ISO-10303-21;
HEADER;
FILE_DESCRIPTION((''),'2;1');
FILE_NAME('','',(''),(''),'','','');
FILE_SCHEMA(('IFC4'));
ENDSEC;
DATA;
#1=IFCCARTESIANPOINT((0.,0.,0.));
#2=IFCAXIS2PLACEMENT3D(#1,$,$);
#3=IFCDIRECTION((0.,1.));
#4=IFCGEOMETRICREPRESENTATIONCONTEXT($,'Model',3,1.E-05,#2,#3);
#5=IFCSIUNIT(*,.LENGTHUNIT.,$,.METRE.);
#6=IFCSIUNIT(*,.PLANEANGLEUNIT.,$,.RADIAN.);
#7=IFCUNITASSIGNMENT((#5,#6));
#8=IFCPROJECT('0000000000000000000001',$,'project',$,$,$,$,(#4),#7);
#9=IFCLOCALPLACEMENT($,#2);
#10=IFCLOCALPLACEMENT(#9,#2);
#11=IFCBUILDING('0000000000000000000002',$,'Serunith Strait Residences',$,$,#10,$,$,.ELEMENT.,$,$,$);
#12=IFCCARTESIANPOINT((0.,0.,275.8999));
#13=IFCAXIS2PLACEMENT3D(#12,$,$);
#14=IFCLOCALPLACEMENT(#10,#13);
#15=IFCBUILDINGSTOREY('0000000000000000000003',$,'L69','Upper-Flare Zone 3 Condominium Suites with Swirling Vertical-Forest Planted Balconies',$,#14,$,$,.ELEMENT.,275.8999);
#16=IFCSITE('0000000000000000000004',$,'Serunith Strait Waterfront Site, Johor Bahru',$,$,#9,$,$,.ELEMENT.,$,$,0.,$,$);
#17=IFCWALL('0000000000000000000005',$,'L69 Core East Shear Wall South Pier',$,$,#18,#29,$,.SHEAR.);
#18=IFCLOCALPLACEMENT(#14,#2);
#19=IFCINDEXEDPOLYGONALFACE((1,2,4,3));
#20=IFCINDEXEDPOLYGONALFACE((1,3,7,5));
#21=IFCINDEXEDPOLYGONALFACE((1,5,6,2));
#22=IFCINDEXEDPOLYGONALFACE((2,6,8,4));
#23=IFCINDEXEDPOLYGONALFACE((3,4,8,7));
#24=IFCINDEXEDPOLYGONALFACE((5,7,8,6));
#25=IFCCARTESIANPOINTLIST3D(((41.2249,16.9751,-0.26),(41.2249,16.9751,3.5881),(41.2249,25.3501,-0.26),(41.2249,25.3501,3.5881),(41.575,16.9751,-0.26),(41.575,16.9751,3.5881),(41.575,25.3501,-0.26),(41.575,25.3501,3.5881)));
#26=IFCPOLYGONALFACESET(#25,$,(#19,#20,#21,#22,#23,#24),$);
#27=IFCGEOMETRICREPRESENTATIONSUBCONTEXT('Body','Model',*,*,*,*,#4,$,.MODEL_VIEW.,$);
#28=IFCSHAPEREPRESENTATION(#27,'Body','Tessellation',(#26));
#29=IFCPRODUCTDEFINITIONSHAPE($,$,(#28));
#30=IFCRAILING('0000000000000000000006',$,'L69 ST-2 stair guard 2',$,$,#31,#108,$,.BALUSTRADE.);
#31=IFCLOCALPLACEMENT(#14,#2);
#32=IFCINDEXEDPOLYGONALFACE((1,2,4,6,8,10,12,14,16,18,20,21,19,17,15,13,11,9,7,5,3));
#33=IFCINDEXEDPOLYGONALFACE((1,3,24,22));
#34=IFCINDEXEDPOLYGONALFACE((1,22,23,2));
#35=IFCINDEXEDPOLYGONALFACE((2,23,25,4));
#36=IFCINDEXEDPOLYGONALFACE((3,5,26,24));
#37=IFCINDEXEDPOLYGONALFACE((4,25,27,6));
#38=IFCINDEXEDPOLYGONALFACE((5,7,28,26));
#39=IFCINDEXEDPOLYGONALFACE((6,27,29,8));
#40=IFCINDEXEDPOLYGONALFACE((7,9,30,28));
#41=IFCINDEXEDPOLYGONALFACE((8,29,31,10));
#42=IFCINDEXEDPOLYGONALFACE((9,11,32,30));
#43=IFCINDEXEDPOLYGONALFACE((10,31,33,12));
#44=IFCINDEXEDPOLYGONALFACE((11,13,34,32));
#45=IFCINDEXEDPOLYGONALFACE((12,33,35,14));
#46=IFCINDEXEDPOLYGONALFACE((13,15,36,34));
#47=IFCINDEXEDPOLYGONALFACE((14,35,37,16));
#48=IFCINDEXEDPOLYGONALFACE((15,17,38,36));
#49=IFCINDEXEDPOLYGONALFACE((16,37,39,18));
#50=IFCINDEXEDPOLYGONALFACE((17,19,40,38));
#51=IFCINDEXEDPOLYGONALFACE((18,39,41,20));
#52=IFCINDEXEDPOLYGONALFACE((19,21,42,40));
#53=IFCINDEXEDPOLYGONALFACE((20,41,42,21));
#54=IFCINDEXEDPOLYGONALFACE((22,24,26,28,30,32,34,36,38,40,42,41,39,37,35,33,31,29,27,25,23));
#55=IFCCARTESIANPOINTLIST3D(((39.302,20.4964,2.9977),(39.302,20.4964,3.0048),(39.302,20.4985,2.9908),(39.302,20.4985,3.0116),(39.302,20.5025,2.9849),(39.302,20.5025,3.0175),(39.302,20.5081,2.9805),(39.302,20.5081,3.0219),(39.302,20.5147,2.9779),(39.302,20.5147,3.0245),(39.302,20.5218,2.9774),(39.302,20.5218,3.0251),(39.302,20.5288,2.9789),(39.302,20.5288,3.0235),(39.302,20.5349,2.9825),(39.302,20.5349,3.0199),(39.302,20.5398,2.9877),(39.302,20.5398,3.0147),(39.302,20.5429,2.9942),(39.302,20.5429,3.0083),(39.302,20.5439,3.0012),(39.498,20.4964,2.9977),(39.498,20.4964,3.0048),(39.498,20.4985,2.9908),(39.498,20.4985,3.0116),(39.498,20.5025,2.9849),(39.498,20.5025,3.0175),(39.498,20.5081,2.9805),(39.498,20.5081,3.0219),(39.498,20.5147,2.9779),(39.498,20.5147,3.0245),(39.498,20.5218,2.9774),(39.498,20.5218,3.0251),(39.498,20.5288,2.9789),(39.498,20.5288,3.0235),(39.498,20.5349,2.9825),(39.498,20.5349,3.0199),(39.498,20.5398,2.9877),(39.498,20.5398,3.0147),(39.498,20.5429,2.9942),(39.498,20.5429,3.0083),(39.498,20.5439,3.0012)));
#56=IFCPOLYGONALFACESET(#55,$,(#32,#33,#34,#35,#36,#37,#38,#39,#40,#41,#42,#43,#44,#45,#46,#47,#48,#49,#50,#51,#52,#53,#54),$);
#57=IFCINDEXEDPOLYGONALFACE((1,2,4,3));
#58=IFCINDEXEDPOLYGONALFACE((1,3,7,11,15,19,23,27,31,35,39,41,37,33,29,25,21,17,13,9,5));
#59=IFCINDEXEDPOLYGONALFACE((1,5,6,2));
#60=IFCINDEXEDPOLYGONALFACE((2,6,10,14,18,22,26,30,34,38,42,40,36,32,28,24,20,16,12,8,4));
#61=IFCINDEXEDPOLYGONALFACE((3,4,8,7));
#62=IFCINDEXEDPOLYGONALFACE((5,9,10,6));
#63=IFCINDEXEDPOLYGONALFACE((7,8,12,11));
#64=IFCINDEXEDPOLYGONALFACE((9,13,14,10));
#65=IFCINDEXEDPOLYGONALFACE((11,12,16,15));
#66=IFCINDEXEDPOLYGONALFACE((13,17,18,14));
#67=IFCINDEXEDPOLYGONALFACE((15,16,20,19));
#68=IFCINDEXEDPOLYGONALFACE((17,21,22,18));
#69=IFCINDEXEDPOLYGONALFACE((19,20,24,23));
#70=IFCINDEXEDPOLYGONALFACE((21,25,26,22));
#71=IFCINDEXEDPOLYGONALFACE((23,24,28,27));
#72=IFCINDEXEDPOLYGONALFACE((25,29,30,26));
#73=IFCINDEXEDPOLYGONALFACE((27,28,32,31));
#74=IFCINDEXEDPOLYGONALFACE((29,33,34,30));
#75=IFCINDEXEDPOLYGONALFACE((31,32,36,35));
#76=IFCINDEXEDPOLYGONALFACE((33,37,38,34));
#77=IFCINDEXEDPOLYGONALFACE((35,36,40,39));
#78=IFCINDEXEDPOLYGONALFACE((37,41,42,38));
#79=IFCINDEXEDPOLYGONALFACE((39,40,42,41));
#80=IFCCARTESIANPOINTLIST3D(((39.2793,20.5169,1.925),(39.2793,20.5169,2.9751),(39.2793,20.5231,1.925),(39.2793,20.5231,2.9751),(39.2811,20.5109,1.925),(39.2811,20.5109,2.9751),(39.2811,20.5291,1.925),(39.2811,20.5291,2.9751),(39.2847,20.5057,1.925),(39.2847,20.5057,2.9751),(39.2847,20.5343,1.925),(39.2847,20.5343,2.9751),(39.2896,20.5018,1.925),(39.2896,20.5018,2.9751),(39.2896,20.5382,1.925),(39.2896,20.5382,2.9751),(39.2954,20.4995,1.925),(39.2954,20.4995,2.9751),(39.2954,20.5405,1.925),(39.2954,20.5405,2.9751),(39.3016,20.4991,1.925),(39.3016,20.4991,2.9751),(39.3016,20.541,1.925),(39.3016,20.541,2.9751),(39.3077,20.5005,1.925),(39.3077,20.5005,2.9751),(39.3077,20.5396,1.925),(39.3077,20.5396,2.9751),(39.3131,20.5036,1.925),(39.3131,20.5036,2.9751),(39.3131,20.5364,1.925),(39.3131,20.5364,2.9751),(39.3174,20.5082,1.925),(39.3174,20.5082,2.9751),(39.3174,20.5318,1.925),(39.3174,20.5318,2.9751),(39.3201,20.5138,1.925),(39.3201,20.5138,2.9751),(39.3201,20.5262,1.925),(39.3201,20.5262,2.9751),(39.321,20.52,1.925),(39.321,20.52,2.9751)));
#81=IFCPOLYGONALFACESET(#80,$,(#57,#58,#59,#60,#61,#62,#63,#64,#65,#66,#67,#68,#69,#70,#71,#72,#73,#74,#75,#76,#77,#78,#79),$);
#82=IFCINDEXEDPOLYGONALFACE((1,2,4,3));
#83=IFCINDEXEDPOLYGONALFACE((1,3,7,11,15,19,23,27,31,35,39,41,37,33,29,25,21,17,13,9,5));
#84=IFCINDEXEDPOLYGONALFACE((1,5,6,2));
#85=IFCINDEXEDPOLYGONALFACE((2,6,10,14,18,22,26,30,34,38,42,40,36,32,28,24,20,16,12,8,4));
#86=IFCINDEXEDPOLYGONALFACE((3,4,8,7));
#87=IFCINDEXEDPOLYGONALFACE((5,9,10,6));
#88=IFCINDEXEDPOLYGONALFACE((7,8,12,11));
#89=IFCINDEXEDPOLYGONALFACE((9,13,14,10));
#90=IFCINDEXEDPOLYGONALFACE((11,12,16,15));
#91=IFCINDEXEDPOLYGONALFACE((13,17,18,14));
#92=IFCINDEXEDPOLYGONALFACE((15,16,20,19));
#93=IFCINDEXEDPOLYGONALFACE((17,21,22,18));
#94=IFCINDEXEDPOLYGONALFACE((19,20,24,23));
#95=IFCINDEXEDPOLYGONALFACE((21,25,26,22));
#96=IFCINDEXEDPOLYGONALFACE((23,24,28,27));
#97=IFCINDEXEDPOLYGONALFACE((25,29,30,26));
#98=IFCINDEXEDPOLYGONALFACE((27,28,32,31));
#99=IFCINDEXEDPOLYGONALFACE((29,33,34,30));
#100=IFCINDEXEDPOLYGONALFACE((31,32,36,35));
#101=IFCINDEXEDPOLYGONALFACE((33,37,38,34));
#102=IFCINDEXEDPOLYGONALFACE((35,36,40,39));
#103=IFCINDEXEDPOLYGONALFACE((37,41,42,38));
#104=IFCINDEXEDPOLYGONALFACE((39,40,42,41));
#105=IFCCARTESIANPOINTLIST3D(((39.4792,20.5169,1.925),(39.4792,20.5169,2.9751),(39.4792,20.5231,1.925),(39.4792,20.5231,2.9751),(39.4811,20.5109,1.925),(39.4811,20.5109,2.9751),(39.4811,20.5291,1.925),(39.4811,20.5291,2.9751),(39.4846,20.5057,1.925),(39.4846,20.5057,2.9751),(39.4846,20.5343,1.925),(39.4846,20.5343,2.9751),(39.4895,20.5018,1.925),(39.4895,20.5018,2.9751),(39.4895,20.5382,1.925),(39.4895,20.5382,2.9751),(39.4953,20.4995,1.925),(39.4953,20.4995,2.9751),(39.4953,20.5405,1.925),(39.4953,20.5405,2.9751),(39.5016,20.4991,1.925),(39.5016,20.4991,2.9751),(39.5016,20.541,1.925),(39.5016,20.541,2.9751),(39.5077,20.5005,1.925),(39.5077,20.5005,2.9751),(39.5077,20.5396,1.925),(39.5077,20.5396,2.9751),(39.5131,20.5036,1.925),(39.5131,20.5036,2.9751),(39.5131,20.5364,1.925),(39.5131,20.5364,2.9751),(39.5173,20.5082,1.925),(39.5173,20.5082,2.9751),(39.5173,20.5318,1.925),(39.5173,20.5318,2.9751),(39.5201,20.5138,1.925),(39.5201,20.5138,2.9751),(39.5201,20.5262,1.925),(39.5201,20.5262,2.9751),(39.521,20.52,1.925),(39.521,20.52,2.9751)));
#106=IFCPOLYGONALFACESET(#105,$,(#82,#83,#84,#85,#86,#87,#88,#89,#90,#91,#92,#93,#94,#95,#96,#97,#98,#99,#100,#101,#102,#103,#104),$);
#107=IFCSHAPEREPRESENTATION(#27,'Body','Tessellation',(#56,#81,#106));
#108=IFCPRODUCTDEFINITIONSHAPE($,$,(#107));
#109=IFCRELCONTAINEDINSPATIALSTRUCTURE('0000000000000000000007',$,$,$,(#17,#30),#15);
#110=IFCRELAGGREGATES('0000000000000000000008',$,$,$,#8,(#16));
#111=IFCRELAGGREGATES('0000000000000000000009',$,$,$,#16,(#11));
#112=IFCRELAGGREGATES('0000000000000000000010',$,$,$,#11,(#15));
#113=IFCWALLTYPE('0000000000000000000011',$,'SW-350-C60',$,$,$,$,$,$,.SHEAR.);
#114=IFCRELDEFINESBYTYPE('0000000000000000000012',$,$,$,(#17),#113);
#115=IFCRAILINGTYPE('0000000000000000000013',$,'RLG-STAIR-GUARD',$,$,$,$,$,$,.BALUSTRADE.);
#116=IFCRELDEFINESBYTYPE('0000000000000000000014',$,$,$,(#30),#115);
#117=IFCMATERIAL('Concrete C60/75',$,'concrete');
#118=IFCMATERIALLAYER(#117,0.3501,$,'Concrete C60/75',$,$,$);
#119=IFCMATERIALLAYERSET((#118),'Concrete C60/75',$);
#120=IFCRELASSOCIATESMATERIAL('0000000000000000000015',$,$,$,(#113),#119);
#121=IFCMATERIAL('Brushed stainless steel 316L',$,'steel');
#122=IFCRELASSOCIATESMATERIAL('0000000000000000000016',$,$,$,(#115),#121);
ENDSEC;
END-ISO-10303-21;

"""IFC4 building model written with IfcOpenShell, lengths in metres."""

from ifc_helpers import new_model, si_unit, direction, frame, frame_2d, origin, origin_2d, place, context, subcontext, project, spatial, rectangle, circle, extrude, material, layer, layer_set, type_object, element, save


model = new_model("IFC4")

# Units and contexts
model_context = context("Model", 3, precision=1e-05, world=origin(), true_north=direction((0.0, 1.0)))
body_context = subcontext(model_context, "Body", "Model", "MODEL_VIEW")
ifc_project = project(units=[si_unit("LENGTHUNIT", "METRE"), si_unit("PLANEANGLEUNIT", "RADIAN")], contexts=[model_context])

# Site, building, storey
site_placement = place(None, origin())
site = spatial("IfcSite", under=ifc_project, at=site_placement, Name="Serunith Strait Waterfront Site, Johor Bahru", CompositionType="ELEMENT", RefElevation=0.0)
building_placement = place(site_placement, origin())
building = spatial("IfcBuilding", under=site, at=building_placement, Name="Serunith Strait Residences", CompositionType="ELEMENT")
storey_placement = place(building_placement, frame((0.0, 0.0, 275.8999)))
storey = spatial("IfcBuildingStorey", under=building, at=storey_placement, Name="L69", Description="Upper-Flare Zone 3 Condominium Suites with Swirling Vertical-Forest Planted Balconies", CompositionType="ELEMENT", Elevation=275.8999)

# Shared definitions
ifc_material_1 = material(Name="Concrete C60/75", Category="concrete")

# Wall
ifc_layer_1 = layer(ifc_material_1, 0.3501, Name="Concrete C60/75")
ifc_layer_set_1 = layer_set([ifc_layer_1], Name="Concrete C60/75")
wall_type_1 = type_object("IfcWallType", Name="SW-350-C60", PredefinedType="SHEAR", material=ifc_layer_set_1)
wall_1_placement = place(storey_placement, frame((41.3999, 16.9751, -0.26), z_axis=(0.0, 0.0, 1.0), x_axis=(0.0, 1.0, 0.0)))
element("IfcWall", 1, at=wall_1_placement, inside=storey, type_object=wall_type_1, Name="L69 Core East Shear Wall South Pier", PredefinedType="SHEAR", context=body_context, shape_type="SweptSolid", body=[
    extrude(rectangle(XDim=8.375, YDim=0.3501, at=frame_2d((4.1875, 0.0))), origin(), (0.0, 0.0, 1.0), 3.8481),
])

# Railing
ifc_material_2 = material(Name="Brushed stainless steel 316L", Category="steel")
railing_type_1 = type_object("IfcRailingType", Name="RLG-STAIR-GUARD", PredefinedType="BALUSTRADE", material=ifc_material_2)
railing_1_placement = place(storey_placement, frame((39.3, 20.52, 1.925)))
element("IfcRailing", 2, at=railing_1_placement, inside=storey, type_object=railing_type_1, Name="L69 ST-2 stair guard 2", PredefinedType="BALUSTRADE", context=body_context, shape_type="SweptSolid", body=[
    extrude(circle(Radius=0.0239, at=origin_2d()), frame((0.002, 0.0, 1.0762), z_axis=(1.0, 0.0, 0.0), x_axis=(0.0, 1.0, 0.0)), (0.0, 0.0, 1.0), 0.196),
    extrude(circle(Radius=0.021, at=origin_2d()), origin(), (0.0, 0.0, 1.0), 1.05),
    extrude(circle(Radius=0.021, at=origin_2d()), frame((0.2, 0.0, 0.0)), (0.0, 0.0, 1.0), 1.05),
])

save(model, "model.ifc")
